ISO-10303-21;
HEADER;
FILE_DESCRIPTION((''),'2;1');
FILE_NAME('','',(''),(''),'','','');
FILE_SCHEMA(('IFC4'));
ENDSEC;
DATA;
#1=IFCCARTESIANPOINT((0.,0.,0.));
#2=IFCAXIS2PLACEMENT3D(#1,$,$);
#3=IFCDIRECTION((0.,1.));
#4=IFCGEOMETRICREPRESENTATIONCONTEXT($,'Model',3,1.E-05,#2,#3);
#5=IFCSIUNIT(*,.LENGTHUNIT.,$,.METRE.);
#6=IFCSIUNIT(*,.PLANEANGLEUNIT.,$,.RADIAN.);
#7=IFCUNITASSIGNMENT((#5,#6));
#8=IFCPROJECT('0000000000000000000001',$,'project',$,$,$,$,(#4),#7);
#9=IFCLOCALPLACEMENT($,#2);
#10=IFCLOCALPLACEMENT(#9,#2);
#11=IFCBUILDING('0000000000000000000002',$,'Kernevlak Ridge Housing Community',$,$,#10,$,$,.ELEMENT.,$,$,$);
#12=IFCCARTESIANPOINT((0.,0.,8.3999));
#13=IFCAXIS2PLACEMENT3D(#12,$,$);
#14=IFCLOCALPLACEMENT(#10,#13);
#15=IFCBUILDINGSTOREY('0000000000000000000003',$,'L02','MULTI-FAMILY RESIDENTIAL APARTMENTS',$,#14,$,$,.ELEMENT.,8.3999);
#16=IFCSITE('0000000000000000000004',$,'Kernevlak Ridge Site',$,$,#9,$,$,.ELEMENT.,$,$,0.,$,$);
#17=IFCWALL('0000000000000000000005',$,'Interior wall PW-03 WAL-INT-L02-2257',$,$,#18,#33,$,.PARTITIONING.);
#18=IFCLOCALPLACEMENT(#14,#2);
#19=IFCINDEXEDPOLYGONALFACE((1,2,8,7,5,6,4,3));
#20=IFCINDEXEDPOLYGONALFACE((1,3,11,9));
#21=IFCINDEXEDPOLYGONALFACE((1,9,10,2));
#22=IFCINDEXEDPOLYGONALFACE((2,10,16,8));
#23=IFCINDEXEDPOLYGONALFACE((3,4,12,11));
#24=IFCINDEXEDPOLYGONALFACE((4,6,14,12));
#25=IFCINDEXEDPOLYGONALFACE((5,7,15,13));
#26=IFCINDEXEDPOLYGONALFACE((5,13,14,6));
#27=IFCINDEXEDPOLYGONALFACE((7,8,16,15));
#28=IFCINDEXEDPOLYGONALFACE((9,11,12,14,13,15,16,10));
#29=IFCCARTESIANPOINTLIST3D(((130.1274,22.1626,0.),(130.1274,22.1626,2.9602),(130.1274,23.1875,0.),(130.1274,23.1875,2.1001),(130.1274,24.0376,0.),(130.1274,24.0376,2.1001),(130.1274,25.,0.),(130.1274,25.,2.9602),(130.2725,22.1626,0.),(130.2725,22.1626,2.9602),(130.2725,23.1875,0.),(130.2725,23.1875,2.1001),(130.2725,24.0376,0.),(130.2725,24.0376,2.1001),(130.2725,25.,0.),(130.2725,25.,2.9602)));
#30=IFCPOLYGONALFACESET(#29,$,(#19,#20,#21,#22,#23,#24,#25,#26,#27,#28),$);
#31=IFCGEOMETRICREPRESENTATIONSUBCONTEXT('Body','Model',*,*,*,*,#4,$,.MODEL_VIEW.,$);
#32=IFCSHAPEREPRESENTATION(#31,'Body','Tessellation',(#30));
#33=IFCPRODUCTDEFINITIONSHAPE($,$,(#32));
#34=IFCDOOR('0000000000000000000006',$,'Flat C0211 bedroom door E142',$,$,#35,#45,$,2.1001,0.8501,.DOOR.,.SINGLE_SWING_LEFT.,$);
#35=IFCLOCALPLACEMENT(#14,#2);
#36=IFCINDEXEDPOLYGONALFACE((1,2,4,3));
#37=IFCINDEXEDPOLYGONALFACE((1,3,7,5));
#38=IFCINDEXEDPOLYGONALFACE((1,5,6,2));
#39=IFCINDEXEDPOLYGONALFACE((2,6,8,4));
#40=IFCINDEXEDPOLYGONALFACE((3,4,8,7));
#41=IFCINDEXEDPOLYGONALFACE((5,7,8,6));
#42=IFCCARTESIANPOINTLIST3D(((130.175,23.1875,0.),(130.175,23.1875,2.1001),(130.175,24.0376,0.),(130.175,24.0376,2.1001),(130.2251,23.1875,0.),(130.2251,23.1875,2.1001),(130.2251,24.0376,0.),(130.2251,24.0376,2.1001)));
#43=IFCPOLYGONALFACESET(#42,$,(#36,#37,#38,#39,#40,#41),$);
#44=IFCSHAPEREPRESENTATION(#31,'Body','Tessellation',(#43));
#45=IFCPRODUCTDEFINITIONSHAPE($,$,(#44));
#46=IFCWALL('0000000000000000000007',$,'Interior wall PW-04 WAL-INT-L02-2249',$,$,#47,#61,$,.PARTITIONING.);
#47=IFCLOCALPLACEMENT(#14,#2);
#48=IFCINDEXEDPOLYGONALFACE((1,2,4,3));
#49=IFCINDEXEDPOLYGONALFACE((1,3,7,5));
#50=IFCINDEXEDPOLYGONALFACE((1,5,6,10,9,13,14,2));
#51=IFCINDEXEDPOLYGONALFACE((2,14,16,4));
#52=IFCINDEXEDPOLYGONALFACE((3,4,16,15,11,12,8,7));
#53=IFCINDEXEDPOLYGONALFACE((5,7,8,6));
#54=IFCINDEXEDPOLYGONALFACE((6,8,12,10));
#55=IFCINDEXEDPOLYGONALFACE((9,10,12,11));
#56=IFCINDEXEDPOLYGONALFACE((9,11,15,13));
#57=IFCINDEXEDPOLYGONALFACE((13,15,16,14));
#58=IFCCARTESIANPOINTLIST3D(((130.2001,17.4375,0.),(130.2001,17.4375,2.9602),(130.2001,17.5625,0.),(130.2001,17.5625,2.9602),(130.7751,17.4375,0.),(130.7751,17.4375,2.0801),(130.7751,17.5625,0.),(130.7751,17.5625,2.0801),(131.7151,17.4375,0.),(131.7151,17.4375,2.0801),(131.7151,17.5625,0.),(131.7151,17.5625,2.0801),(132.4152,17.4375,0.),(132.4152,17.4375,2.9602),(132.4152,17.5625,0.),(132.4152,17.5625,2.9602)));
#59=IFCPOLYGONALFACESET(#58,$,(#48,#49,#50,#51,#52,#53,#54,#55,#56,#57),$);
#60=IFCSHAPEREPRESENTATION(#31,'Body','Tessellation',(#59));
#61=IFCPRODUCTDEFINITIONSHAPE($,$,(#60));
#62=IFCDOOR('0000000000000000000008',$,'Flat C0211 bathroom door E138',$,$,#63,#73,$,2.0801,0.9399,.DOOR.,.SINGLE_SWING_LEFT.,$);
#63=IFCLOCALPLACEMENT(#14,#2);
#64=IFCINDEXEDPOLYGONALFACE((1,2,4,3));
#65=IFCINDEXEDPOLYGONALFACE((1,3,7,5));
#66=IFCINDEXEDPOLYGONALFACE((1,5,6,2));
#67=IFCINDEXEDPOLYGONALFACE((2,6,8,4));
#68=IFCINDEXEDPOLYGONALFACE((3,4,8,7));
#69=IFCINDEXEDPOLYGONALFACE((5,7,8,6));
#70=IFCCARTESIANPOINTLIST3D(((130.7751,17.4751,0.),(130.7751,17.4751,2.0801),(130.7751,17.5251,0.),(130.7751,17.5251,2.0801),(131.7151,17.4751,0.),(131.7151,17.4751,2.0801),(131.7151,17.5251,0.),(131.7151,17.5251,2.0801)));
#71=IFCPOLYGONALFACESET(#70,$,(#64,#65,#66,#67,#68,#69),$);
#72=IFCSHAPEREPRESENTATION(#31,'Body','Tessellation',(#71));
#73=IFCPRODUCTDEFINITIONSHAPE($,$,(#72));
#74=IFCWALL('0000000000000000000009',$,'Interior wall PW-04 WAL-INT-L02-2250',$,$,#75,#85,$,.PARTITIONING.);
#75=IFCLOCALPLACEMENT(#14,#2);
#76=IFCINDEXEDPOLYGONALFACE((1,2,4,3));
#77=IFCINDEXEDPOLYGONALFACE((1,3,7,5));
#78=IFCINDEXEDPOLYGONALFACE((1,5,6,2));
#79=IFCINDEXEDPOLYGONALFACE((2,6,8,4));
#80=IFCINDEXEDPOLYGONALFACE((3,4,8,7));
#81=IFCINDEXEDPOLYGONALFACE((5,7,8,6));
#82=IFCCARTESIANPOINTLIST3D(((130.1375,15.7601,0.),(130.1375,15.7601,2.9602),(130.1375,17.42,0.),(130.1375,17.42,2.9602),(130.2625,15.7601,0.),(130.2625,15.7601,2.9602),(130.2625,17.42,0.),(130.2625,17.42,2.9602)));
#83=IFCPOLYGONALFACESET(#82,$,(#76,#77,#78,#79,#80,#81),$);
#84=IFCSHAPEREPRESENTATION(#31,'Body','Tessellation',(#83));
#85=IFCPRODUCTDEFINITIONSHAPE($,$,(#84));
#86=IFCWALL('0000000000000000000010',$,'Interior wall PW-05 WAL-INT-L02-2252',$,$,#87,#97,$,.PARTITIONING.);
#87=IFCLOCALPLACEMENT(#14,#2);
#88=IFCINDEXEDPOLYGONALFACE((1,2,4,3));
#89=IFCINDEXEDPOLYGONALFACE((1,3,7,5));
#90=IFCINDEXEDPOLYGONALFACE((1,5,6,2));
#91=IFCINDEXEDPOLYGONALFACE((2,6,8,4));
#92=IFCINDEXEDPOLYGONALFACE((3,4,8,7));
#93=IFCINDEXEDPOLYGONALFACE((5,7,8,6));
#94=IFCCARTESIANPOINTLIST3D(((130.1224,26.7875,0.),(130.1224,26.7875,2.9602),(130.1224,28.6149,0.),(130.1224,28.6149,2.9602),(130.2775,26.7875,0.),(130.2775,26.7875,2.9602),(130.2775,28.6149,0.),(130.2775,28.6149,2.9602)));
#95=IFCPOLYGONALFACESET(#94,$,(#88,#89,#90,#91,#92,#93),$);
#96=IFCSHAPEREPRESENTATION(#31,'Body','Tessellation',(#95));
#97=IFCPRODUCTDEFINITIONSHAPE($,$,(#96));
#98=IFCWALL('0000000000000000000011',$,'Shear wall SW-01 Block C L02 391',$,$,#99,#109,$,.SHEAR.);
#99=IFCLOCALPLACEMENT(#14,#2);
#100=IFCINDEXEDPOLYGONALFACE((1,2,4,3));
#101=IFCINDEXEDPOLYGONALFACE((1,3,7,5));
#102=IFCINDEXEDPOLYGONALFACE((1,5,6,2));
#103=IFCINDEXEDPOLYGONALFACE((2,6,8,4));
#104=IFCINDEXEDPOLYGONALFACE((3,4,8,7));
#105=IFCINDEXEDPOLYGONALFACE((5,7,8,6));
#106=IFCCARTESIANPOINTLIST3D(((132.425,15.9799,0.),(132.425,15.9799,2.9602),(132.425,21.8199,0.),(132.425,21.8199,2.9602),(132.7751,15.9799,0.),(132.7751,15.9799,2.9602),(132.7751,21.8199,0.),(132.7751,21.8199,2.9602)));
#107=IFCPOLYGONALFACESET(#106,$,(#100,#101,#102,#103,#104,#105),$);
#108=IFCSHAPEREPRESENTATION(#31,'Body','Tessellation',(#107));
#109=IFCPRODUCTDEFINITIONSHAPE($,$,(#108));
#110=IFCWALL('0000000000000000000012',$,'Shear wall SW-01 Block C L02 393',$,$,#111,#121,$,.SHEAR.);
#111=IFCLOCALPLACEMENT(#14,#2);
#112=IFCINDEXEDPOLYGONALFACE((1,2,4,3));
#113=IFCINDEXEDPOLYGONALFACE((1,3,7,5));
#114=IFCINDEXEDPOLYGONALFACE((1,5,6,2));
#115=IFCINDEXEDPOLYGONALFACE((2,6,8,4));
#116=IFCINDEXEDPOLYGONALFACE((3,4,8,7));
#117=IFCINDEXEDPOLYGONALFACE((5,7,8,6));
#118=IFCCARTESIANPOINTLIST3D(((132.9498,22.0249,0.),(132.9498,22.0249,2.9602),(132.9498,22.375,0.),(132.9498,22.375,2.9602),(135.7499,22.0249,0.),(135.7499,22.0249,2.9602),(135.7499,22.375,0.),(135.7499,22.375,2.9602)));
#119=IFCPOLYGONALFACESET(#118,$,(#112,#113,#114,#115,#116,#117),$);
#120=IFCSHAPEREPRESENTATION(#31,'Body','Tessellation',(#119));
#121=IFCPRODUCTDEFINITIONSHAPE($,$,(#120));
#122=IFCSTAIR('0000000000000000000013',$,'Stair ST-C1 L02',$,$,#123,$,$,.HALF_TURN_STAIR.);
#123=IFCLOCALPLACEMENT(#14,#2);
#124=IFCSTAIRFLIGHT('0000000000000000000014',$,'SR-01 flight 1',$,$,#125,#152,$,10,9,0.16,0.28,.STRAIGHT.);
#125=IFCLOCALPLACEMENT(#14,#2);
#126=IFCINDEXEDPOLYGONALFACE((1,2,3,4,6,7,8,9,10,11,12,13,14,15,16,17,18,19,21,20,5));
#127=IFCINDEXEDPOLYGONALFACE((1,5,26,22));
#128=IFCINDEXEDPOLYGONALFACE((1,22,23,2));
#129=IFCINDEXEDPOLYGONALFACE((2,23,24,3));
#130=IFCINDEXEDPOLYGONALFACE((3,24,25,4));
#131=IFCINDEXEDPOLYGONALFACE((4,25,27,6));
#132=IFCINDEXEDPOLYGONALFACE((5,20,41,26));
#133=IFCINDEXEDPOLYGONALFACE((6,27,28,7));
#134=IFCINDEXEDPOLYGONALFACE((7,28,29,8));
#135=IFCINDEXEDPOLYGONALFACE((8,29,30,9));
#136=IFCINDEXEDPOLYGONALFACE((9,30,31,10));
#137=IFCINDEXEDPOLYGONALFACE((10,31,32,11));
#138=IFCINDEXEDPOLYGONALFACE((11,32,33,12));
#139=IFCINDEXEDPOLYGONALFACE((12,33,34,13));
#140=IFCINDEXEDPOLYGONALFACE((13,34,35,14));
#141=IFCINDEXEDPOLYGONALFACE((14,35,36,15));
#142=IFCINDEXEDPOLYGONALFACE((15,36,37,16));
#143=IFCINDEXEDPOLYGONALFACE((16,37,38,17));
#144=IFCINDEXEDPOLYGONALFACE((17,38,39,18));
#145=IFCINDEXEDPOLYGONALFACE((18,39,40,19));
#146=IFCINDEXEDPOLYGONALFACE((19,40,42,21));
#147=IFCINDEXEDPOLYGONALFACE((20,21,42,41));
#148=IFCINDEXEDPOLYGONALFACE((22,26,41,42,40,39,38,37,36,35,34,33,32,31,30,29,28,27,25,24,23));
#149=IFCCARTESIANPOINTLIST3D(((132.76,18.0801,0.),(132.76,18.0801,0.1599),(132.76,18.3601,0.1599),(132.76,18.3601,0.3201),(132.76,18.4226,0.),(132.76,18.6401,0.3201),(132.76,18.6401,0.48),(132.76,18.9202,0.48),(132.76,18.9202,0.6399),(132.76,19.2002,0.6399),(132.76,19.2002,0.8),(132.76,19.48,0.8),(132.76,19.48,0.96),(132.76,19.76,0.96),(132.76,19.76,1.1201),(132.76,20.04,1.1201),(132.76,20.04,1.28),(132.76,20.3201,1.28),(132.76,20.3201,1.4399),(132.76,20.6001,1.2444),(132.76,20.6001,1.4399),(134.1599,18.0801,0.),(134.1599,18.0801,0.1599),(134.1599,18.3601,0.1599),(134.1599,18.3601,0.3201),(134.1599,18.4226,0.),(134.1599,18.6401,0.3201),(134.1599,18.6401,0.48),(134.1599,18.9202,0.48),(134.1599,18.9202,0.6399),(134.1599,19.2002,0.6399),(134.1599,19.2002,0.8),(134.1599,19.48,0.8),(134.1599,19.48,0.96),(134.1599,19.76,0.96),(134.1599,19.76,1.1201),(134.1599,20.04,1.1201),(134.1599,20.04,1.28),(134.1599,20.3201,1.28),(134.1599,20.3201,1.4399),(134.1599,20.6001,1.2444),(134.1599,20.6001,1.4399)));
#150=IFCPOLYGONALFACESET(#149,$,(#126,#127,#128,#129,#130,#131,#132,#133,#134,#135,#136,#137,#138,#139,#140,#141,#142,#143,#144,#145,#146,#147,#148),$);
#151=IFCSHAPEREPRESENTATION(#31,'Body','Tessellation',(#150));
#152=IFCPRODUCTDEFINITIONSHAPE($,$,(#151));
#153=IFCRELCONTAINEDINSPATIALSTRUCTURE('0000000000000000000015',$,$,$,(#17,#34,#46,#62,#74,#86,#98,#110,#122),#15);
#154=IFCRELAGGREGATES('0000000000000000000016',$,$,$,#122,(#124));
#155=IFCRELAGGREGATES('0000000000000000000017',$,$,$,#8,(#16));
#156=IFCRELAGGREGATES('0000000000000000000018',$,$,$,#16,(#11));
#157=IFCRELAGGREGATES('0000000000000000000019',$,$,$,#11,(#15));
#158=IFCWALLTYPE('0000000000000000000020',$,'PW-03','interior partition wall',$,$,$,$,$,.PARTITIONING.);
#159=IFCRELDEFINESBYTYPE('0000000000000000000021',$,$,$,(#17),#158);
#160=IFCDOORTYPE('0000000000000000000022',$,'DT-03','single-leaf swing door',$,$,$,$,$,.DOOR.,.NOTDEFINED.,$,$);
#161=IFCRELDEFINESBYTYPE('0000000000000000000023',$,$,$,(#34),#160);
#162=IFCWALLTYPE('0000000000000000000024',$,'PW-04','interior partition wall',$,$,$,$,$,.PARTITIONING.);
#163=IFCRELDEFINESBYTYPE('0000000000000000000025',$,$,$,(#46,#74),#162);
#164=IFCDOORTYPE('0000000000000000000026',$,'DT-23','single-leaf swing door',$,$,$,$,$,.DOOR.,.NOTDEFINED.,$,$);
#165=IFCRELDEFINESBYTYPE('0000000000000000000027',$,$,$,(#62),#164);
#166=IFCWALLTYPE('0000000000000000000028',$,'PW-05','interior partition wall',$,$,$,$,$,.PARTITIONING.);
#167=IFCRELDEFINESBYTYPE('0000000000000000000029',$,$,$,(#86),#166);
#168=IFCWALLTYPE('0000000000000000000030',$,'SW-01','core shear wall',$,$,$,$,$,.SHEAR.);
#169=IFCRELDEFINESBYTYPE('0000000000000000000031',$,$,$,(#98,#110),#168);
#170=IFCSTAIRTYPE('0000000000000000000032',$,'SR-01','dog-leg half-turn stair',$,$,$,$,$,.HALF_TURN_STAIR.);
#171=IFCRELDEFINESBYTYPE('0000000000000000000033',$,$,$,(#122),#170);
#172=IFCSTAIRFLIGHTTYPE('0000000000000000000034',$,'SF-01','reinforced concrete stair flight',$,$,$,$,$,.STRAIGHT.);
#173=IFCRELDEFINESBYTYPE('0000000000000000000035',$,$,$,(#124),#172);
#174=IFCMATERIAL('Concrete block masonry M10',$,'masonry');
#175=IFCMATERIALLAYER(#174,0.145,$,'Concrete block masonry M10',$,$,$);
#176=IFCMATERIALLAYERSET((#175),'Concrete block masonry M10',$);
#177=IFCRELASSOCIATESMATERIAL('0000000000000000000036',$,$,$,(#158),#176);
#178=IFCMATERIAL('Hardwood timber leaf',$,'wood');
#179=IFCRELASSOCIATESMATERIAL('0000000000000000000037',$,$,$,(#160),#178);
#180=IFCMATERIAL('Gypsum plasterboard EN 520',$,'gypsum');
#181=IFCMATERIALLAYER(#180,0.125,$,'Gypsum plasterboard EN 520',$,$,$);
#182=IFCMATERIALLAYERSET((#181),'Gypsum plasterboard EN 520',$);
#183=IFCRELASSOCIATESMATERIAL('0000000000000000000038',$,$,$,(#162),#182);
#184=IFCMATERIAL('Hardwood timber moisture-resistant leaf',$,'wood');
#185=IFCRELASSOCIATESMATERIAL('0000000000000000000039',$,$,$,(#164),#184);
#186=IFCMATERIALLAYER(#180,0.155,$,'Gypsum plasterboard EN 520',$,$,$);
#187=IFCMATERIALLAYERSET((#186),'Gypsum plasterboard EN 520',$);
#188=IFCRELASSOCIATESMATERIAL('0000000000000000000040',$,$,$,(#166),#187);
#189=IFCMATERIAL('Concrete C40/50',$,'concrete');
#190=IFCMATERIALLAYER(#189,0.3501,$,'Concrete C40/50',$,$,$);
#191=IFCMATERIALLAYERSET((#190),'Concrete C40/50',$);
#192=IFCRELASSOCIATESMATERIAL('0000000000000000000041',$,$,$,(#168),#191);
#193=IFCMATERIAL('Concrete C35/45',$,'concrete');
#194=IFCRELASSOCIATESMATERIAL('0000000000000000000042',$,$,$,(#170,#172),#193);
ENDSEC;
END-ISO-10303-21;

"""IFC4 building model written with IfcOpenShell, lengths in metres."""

from ifc_helpers import new_model, si_unit, direction, frame, frame_2d, origin, place, context, subcontext, project, spatial, polyline, rectangle, outline, extrude, material, layer, layer_set, type_object, element, fill, aggregate, save


model = new_model("IFC4")

# Units and contexts
model_context = context("Model", 3, precision=1e-05, world=origin(), true_north=direction((0.0, 1.0)))
body_context = subcontext(model_context, "Body", "Model", "MODEL_VIEW")
ifc_project = project(units=[si_unit("LENGTHUNIT", "METRE"), si_unit("PLANEANGLEUNIT", "RADIAN")], contexts=[model_context])

# Site, building, storey
site_placement = place(None, origin())
site = spatial("IfcSite", under=ifc_project, at=site_placement, Name="Kernevlak Ridge Site", CompositionType="ELEMENT", RefElevation=0.0)
building_placement = place(site_placement, origin())
building = spatial("IfcBuilding", under=site, at=building_placement, Name="Kernevlak Ridge Housing Community", CompositionType="ELEMENT")
storey_placement = place(building_placement, frame((0.0, 0.0, 8.3999)))
storey = spatial("IfcBuildingStorey", under=building, at=storey_placement, Name="L02", Description="MULTI-FAMILY RESIDENTIAL APARTMENTS", CompositionType="ELEMENT", Elevation=8.3999)

# Shared definitions
ifc_material_1 = material(Name="Concrete C40/50", Category="concrete")

# Shared definitions
ifc_material_2 = material(Name="Concrete C35/45", Category="concrete")

# Walls, openings, doors
ifc_material_3 = material(Name="Concrete block masonry M10", Category="masonry")
ifc_layer_1 = layer(ifc_material_3, 0.145, Name="Concrete block masonry M10")
ifc_layer_set_1 = layer_set([ifc_layer_1], Name="Concrete block masonry M10")
wall_type_1 = type_object("IfcWallType", Name="PW-03", Description="interior partition wall", PredefinedType="PARTITIONING", material=ifc_layer_set_1)
ifc_material_4 = material(Name="Hardwood timber leaf", Category="wood")
wall_1_placement = place(storey_placement, frame((130.2, 22.1626, 0.0), z_axis=(0.0, 0.0, 1.0), x_axis=(0.0, 1.0, 0.0)))
wall_1 = element("IfcWall", 1, at=wall_1_placement, inside=storey, type_object=wall_type_1, Name="Interior wall PW-03 WAL-INT-L02-2257", PredefinedType="PARTITIONING", context=body_context, shape_type="SweptSolid", body=[
    extrude(rectangle(XDim=2.8374, YDim=0.145, at=frame_2d((1.4187, 0.0))), origin(), (0.0, 0.0, 1.0), 2.9602),
])
opening_1_placement = place(wall_1_placement, frame((1.0249, 0.0, 0.0)))
opening_1 = element("IfcOpeningElement", 2, at=opening_1_placement, cuts=wall_1, PredefinedType="OPENING", context=body_context, shape_type="SweptSolid", body=[
    extrude(rectangle(XDim=0.8501, YDim=2.1001, at=frame_2d((0.425, 1.05))), frame((0.0, 0.0825, 0.0), z_axis=(0.0, -1.0, 0.0), x_axis=(1.0, 0.0, 0.0)), (0.0, 0.0, 1.0), 0.165),
])
door_type_1 = type_object("IfcDoorType", Name="DT-03", Description="single-leaf swing door", OperationType="NOTDEFINED", PredefinedType="DOOR", material=ifc_material_4)
door_1_placement = place(opening_1_placement, origin())
door_1 = element("IfcDoor", 3, at=door_1_placement, inside=storey, type_object=door_type_1, Name="Flat C0211 bedroom door E142", OperationType="SINGLE_SWING_LEFT", OverallHeight=2.1001, OverallWidth=0.8501, PredefinedType="DOOR", context=body_context, shape_type="SweptSolid", body=[
    extrude(rectangle(XDim=0.8501, YDim=2.1001, at=frame_2d((0.425, 1.05))), frame((0.0, 0.0249, 0.0), z_axis=(0.0, -1.0, 0.0), x_axis=(1.0, 0.0, 0.0)), (0.0, 0.0, 1.0), 0.05),
])
fill(opening_1, door_1)
ifc_material_5 = material(Name="Gypsum plasterboard EN 520", Category="gypsum")
ifc_layer_2 = layer(ifc_material_5, 0.125, Name="Gypsum plasterboard EN 520")
ifc_layer_set_2 = layer_set([ifc_layer_2], Name="Gypsum plasterboard EN 520")
wall_type_2 = type_object("IfcWallType", Name="PW-04", Description="interior partition wall", PredefinedType="PARTITIONING", material=ifc_layer_set_2)
wall_2_placement = place(storey_placement, frame((132.415, 17.5, 0.0), z_axis=(0.0, 0.0, 1.0), x_axis=(-1.0, 0.0, 0.0)))
wall_2 = element("IfcWall", 4, at=wall_2_placement, inside=storey, type_object=wall_type_2, Name="Interior wall PW-04 WAL-INT-L02-2249", PredefinedType="PARTITIONING", context=body_context, shape_type="SweptSolid", body=[
    extrude(rectangle(XDim=2.2151, YDim=0.125, at=frame_2d((1.1074, 0.0))), origin(), (0.0, 0.0, 1.0), 2.9602),
])
opening_2_placement = place(wall_2_placement, frame((0.7, 0.0, 0.0)))
opening_2 = element("IfcOpeningElement", 5, at=opening_2_placement, cuts=wall_2, PredefinedType="OPENING", context=body_context, shape_type="SweptSolid", body=[
    extrude(rectangle(XDim=0.9399, YDim=2.0801, at=frame_2d((0.47, 1.04))), frame((0.0, 0.0725, 0.0), z_axis=(0.0, -1.0, 0.0), x_axis=(1.0, 0.0, 0.0)), (0.0, 0.0, 1.0), 0.145),
])
ifc_material_6 = material(Name="Hardwood timber moisture-resistant leaf", Category="wood")
door_type_2 = type_object("IfcDoorType", Name="DT-23", Description="single-leaf swing door", OperationType="NOTDEFINED", PredefinedType="DOOR", material=ifc_material_6)
door_2_placement = place(opening_2_placement, origin())
door_2 = element("IfcDoor", 6, at=door_2_placement, inside=storey, type_object=door_type_2, Name="Flat C0211 bathroom door E138", OperationType="SINGLE_SWING_LEFT", OverallHeight=2.0801, OverallWidth=0.9399, PredefinedType="DOOR", context=body_context, shape_type="SweptSolid", body=[
    extrude(rectangle(XDim=0.9399, YDim=2.0801, at=frame_2d((0.47, 1.04))), frame((0.0, 0.0249, 0.0), z_axis=(0.0, -1.0, 0.0), x_axis=(1.0, 0.0, 0.0)), (0.0, 0.0, 1.0), 0.05),
])
fill(opening_2, door_2)

# Wall
wall_3_placement = place(storey_placement, frame((130.2, 15.76, 0.0), z_axis=(0.0, 0.0, 1.0), x_axis=(0.0, 1.0, 0.0)))
element("IfcWall", 7, at=wall_3_placement, inside=storey, type_object=wall_type_2, Name="Interior wall PW-04 WAL-INT-L02-2250", PredefinedType="PARTITIONING", context=body_context, shape_type="SweptSolid", body=[
    extrude(rectangle(XDim=1.6599, YDim=0.125, at=frame_2d((0.8301, 0.0))), origin(), (0.0, 0.0, 1.0), 2.9602),
])

# Shared definitions
ifc_layer_3 = layer(ifc_material_5, 0.155, Name="Gypsum plasterboard EN 520")
ifc_layer_set_3 = layer_set([ifc_layer_3], Name="Gypsum plasterboard EN 520")
wall_type_3 = type_object("IfcWallType", Name="PW-05", Description="interior partition wall", PredefinedType="PARTITIONING", material=ifc_layer_set_3)

# Walls
wall_4_placement = place(storey_placement, frame((130.2, 26.7876, 0.0), z_axis=(0.0, 0.0, 1.0), x_axis=(0.0, 1.0, 0.0)))
element("IfcWall", 8, at=wall_4_placement, inside=storey, type_object=wall_type_3, Name="Interior wall PW-05 WAL-INT-L02-2252", PredefinedType="PARTITIONING", context=body_context, shape_type="SweptSolid", body=[
    extrude(rectangle(XDim=1.8274, YDim=0.155, at=frame_2d((0.9136, 0.0))), origin(), (0.0, 0.0, 1.0), 2.9602),
])
ifc_layer_4 = layer(ifc_material_1, 0.3501, Name="Concrete C40/50")
ifc_layer_set_4 = layer_set([ifc_layer_4], Name="Concrete C40/50")
wall_type_4 = type_object("IfcWallType", Name="SW-01", Description="core shear wall", PredefinedType="SHEAR", material=ifc_layer_set_4)
wall_5_placement = place(storey_placement, frame((132.6001, 15.98, 0.0), z_axis=(0.0, 0.0, 1.0), x_axis=(0.0, 1.0, 0.0)))
element("IfcWall", 9, at=wall_5_placement, inside=storey, type_object=wall_type_4, Name="Shear wall SW-01 Block C L02 391", PredefinedType="SHEAR", context=body_context, shape_type="SweptSolid", body=[
    extrude(rectangle(XDim=5.8401, YDim=0.3501, at=frame_2d((2.9199, 0.0))), origin(), (0.0, 0.0, 1.0), 2.9602),
])
wall_6_placement = place(storey_placement, frame((132.95, 22.2, 0.0), z_axis=(0.0, 0.0, 1.0), x_axis=(1.0, 0.0, 0.0)))
element("IfcWall", 10, at=wall_6_placement, inside=storey, type_object=wall_type_4, Name="Shear wall SW-01 Block C L02 393", PredefinedType="SHEAR", context=body_context, shape_type="SweptSolid", body=[
    extrude(rectangle(XDim=2.8, YDim=0.3501, at=frame_2d((1.3999, 0.0))), origin(), (0.0, 0.0, 1.0), 2.9602),
])

# Stair, stair flight
stair_type = type_object("IfcStairType", Name="SR-01", Description="dog-leg half-turn stair", PredefinedType="HALF_TURN_STAIR", material=ifc_material_2)
stair_placement = place(storey_placement, origin())
stair = element("IfcStair", 11, at=stair_placement, inside=storey, type_object=stair_type, Name="Stair ST-C1 L02", PredefinedType="HALF_TURN_STAIR")
stair_flight_type = type_object("IfcStairFlightType", Name="SF-01", Description="reinforced concrete stair flight", PredefinedType="STRAIGHT", material=ifc_material_2)
stair_flight_placement = place(storey_placement, frame((133.46, 18.0801, 0.0), z_axis=(0.0, 0.0, 1.0), x_axis=(0.0, 1.0, 0.0)))
stair_flight = element("IfcStairFlight", 12, at=stair_flight_placement, type_object=stair_flight_type, Name="SR-01 flight 1", NumberOfRisers=10, NumberOfTreads=9, PredefinedType="STRAIGHT", RiserHeight=0.16, TreadLength=0.28, context=body_context, shape_type="SweptSolid", body=[
    extrude(outline(polyline([(0.0, 0.0), (0.0, 0.1599), (0.28, 0.1599), (0.28, 0.3201), (0.5601, 0.3201), (0.5601, 0.48), (0.8401, 0.48), (0.8401, 0.6399), (1.1201, 0.6399), (1.1201, 0.8), (1.3999, 0.8), (1.3999, 0.96), (1.6799, 0.96), (1.6799, 1.1201), (1.96, 1.1201), (1.96, 1.28), (2.24, 1.28), (2.24, 1.4399), (2.52, 1.4399), (2.52, 1.6001), (2.52, 1.2444), (0.3425, 0.0), (0.0, 0.0)])), frame((0.0, 0.7, 0.0), z_axis=(0.0, -1.0, 0.0), x_axis=(1.0, 0.0, 0.0)), (0.0, 0.0, 1.0), 1.3999),
])
aggregate(stair, [stair_flight])

save(model, "model.ifc")
